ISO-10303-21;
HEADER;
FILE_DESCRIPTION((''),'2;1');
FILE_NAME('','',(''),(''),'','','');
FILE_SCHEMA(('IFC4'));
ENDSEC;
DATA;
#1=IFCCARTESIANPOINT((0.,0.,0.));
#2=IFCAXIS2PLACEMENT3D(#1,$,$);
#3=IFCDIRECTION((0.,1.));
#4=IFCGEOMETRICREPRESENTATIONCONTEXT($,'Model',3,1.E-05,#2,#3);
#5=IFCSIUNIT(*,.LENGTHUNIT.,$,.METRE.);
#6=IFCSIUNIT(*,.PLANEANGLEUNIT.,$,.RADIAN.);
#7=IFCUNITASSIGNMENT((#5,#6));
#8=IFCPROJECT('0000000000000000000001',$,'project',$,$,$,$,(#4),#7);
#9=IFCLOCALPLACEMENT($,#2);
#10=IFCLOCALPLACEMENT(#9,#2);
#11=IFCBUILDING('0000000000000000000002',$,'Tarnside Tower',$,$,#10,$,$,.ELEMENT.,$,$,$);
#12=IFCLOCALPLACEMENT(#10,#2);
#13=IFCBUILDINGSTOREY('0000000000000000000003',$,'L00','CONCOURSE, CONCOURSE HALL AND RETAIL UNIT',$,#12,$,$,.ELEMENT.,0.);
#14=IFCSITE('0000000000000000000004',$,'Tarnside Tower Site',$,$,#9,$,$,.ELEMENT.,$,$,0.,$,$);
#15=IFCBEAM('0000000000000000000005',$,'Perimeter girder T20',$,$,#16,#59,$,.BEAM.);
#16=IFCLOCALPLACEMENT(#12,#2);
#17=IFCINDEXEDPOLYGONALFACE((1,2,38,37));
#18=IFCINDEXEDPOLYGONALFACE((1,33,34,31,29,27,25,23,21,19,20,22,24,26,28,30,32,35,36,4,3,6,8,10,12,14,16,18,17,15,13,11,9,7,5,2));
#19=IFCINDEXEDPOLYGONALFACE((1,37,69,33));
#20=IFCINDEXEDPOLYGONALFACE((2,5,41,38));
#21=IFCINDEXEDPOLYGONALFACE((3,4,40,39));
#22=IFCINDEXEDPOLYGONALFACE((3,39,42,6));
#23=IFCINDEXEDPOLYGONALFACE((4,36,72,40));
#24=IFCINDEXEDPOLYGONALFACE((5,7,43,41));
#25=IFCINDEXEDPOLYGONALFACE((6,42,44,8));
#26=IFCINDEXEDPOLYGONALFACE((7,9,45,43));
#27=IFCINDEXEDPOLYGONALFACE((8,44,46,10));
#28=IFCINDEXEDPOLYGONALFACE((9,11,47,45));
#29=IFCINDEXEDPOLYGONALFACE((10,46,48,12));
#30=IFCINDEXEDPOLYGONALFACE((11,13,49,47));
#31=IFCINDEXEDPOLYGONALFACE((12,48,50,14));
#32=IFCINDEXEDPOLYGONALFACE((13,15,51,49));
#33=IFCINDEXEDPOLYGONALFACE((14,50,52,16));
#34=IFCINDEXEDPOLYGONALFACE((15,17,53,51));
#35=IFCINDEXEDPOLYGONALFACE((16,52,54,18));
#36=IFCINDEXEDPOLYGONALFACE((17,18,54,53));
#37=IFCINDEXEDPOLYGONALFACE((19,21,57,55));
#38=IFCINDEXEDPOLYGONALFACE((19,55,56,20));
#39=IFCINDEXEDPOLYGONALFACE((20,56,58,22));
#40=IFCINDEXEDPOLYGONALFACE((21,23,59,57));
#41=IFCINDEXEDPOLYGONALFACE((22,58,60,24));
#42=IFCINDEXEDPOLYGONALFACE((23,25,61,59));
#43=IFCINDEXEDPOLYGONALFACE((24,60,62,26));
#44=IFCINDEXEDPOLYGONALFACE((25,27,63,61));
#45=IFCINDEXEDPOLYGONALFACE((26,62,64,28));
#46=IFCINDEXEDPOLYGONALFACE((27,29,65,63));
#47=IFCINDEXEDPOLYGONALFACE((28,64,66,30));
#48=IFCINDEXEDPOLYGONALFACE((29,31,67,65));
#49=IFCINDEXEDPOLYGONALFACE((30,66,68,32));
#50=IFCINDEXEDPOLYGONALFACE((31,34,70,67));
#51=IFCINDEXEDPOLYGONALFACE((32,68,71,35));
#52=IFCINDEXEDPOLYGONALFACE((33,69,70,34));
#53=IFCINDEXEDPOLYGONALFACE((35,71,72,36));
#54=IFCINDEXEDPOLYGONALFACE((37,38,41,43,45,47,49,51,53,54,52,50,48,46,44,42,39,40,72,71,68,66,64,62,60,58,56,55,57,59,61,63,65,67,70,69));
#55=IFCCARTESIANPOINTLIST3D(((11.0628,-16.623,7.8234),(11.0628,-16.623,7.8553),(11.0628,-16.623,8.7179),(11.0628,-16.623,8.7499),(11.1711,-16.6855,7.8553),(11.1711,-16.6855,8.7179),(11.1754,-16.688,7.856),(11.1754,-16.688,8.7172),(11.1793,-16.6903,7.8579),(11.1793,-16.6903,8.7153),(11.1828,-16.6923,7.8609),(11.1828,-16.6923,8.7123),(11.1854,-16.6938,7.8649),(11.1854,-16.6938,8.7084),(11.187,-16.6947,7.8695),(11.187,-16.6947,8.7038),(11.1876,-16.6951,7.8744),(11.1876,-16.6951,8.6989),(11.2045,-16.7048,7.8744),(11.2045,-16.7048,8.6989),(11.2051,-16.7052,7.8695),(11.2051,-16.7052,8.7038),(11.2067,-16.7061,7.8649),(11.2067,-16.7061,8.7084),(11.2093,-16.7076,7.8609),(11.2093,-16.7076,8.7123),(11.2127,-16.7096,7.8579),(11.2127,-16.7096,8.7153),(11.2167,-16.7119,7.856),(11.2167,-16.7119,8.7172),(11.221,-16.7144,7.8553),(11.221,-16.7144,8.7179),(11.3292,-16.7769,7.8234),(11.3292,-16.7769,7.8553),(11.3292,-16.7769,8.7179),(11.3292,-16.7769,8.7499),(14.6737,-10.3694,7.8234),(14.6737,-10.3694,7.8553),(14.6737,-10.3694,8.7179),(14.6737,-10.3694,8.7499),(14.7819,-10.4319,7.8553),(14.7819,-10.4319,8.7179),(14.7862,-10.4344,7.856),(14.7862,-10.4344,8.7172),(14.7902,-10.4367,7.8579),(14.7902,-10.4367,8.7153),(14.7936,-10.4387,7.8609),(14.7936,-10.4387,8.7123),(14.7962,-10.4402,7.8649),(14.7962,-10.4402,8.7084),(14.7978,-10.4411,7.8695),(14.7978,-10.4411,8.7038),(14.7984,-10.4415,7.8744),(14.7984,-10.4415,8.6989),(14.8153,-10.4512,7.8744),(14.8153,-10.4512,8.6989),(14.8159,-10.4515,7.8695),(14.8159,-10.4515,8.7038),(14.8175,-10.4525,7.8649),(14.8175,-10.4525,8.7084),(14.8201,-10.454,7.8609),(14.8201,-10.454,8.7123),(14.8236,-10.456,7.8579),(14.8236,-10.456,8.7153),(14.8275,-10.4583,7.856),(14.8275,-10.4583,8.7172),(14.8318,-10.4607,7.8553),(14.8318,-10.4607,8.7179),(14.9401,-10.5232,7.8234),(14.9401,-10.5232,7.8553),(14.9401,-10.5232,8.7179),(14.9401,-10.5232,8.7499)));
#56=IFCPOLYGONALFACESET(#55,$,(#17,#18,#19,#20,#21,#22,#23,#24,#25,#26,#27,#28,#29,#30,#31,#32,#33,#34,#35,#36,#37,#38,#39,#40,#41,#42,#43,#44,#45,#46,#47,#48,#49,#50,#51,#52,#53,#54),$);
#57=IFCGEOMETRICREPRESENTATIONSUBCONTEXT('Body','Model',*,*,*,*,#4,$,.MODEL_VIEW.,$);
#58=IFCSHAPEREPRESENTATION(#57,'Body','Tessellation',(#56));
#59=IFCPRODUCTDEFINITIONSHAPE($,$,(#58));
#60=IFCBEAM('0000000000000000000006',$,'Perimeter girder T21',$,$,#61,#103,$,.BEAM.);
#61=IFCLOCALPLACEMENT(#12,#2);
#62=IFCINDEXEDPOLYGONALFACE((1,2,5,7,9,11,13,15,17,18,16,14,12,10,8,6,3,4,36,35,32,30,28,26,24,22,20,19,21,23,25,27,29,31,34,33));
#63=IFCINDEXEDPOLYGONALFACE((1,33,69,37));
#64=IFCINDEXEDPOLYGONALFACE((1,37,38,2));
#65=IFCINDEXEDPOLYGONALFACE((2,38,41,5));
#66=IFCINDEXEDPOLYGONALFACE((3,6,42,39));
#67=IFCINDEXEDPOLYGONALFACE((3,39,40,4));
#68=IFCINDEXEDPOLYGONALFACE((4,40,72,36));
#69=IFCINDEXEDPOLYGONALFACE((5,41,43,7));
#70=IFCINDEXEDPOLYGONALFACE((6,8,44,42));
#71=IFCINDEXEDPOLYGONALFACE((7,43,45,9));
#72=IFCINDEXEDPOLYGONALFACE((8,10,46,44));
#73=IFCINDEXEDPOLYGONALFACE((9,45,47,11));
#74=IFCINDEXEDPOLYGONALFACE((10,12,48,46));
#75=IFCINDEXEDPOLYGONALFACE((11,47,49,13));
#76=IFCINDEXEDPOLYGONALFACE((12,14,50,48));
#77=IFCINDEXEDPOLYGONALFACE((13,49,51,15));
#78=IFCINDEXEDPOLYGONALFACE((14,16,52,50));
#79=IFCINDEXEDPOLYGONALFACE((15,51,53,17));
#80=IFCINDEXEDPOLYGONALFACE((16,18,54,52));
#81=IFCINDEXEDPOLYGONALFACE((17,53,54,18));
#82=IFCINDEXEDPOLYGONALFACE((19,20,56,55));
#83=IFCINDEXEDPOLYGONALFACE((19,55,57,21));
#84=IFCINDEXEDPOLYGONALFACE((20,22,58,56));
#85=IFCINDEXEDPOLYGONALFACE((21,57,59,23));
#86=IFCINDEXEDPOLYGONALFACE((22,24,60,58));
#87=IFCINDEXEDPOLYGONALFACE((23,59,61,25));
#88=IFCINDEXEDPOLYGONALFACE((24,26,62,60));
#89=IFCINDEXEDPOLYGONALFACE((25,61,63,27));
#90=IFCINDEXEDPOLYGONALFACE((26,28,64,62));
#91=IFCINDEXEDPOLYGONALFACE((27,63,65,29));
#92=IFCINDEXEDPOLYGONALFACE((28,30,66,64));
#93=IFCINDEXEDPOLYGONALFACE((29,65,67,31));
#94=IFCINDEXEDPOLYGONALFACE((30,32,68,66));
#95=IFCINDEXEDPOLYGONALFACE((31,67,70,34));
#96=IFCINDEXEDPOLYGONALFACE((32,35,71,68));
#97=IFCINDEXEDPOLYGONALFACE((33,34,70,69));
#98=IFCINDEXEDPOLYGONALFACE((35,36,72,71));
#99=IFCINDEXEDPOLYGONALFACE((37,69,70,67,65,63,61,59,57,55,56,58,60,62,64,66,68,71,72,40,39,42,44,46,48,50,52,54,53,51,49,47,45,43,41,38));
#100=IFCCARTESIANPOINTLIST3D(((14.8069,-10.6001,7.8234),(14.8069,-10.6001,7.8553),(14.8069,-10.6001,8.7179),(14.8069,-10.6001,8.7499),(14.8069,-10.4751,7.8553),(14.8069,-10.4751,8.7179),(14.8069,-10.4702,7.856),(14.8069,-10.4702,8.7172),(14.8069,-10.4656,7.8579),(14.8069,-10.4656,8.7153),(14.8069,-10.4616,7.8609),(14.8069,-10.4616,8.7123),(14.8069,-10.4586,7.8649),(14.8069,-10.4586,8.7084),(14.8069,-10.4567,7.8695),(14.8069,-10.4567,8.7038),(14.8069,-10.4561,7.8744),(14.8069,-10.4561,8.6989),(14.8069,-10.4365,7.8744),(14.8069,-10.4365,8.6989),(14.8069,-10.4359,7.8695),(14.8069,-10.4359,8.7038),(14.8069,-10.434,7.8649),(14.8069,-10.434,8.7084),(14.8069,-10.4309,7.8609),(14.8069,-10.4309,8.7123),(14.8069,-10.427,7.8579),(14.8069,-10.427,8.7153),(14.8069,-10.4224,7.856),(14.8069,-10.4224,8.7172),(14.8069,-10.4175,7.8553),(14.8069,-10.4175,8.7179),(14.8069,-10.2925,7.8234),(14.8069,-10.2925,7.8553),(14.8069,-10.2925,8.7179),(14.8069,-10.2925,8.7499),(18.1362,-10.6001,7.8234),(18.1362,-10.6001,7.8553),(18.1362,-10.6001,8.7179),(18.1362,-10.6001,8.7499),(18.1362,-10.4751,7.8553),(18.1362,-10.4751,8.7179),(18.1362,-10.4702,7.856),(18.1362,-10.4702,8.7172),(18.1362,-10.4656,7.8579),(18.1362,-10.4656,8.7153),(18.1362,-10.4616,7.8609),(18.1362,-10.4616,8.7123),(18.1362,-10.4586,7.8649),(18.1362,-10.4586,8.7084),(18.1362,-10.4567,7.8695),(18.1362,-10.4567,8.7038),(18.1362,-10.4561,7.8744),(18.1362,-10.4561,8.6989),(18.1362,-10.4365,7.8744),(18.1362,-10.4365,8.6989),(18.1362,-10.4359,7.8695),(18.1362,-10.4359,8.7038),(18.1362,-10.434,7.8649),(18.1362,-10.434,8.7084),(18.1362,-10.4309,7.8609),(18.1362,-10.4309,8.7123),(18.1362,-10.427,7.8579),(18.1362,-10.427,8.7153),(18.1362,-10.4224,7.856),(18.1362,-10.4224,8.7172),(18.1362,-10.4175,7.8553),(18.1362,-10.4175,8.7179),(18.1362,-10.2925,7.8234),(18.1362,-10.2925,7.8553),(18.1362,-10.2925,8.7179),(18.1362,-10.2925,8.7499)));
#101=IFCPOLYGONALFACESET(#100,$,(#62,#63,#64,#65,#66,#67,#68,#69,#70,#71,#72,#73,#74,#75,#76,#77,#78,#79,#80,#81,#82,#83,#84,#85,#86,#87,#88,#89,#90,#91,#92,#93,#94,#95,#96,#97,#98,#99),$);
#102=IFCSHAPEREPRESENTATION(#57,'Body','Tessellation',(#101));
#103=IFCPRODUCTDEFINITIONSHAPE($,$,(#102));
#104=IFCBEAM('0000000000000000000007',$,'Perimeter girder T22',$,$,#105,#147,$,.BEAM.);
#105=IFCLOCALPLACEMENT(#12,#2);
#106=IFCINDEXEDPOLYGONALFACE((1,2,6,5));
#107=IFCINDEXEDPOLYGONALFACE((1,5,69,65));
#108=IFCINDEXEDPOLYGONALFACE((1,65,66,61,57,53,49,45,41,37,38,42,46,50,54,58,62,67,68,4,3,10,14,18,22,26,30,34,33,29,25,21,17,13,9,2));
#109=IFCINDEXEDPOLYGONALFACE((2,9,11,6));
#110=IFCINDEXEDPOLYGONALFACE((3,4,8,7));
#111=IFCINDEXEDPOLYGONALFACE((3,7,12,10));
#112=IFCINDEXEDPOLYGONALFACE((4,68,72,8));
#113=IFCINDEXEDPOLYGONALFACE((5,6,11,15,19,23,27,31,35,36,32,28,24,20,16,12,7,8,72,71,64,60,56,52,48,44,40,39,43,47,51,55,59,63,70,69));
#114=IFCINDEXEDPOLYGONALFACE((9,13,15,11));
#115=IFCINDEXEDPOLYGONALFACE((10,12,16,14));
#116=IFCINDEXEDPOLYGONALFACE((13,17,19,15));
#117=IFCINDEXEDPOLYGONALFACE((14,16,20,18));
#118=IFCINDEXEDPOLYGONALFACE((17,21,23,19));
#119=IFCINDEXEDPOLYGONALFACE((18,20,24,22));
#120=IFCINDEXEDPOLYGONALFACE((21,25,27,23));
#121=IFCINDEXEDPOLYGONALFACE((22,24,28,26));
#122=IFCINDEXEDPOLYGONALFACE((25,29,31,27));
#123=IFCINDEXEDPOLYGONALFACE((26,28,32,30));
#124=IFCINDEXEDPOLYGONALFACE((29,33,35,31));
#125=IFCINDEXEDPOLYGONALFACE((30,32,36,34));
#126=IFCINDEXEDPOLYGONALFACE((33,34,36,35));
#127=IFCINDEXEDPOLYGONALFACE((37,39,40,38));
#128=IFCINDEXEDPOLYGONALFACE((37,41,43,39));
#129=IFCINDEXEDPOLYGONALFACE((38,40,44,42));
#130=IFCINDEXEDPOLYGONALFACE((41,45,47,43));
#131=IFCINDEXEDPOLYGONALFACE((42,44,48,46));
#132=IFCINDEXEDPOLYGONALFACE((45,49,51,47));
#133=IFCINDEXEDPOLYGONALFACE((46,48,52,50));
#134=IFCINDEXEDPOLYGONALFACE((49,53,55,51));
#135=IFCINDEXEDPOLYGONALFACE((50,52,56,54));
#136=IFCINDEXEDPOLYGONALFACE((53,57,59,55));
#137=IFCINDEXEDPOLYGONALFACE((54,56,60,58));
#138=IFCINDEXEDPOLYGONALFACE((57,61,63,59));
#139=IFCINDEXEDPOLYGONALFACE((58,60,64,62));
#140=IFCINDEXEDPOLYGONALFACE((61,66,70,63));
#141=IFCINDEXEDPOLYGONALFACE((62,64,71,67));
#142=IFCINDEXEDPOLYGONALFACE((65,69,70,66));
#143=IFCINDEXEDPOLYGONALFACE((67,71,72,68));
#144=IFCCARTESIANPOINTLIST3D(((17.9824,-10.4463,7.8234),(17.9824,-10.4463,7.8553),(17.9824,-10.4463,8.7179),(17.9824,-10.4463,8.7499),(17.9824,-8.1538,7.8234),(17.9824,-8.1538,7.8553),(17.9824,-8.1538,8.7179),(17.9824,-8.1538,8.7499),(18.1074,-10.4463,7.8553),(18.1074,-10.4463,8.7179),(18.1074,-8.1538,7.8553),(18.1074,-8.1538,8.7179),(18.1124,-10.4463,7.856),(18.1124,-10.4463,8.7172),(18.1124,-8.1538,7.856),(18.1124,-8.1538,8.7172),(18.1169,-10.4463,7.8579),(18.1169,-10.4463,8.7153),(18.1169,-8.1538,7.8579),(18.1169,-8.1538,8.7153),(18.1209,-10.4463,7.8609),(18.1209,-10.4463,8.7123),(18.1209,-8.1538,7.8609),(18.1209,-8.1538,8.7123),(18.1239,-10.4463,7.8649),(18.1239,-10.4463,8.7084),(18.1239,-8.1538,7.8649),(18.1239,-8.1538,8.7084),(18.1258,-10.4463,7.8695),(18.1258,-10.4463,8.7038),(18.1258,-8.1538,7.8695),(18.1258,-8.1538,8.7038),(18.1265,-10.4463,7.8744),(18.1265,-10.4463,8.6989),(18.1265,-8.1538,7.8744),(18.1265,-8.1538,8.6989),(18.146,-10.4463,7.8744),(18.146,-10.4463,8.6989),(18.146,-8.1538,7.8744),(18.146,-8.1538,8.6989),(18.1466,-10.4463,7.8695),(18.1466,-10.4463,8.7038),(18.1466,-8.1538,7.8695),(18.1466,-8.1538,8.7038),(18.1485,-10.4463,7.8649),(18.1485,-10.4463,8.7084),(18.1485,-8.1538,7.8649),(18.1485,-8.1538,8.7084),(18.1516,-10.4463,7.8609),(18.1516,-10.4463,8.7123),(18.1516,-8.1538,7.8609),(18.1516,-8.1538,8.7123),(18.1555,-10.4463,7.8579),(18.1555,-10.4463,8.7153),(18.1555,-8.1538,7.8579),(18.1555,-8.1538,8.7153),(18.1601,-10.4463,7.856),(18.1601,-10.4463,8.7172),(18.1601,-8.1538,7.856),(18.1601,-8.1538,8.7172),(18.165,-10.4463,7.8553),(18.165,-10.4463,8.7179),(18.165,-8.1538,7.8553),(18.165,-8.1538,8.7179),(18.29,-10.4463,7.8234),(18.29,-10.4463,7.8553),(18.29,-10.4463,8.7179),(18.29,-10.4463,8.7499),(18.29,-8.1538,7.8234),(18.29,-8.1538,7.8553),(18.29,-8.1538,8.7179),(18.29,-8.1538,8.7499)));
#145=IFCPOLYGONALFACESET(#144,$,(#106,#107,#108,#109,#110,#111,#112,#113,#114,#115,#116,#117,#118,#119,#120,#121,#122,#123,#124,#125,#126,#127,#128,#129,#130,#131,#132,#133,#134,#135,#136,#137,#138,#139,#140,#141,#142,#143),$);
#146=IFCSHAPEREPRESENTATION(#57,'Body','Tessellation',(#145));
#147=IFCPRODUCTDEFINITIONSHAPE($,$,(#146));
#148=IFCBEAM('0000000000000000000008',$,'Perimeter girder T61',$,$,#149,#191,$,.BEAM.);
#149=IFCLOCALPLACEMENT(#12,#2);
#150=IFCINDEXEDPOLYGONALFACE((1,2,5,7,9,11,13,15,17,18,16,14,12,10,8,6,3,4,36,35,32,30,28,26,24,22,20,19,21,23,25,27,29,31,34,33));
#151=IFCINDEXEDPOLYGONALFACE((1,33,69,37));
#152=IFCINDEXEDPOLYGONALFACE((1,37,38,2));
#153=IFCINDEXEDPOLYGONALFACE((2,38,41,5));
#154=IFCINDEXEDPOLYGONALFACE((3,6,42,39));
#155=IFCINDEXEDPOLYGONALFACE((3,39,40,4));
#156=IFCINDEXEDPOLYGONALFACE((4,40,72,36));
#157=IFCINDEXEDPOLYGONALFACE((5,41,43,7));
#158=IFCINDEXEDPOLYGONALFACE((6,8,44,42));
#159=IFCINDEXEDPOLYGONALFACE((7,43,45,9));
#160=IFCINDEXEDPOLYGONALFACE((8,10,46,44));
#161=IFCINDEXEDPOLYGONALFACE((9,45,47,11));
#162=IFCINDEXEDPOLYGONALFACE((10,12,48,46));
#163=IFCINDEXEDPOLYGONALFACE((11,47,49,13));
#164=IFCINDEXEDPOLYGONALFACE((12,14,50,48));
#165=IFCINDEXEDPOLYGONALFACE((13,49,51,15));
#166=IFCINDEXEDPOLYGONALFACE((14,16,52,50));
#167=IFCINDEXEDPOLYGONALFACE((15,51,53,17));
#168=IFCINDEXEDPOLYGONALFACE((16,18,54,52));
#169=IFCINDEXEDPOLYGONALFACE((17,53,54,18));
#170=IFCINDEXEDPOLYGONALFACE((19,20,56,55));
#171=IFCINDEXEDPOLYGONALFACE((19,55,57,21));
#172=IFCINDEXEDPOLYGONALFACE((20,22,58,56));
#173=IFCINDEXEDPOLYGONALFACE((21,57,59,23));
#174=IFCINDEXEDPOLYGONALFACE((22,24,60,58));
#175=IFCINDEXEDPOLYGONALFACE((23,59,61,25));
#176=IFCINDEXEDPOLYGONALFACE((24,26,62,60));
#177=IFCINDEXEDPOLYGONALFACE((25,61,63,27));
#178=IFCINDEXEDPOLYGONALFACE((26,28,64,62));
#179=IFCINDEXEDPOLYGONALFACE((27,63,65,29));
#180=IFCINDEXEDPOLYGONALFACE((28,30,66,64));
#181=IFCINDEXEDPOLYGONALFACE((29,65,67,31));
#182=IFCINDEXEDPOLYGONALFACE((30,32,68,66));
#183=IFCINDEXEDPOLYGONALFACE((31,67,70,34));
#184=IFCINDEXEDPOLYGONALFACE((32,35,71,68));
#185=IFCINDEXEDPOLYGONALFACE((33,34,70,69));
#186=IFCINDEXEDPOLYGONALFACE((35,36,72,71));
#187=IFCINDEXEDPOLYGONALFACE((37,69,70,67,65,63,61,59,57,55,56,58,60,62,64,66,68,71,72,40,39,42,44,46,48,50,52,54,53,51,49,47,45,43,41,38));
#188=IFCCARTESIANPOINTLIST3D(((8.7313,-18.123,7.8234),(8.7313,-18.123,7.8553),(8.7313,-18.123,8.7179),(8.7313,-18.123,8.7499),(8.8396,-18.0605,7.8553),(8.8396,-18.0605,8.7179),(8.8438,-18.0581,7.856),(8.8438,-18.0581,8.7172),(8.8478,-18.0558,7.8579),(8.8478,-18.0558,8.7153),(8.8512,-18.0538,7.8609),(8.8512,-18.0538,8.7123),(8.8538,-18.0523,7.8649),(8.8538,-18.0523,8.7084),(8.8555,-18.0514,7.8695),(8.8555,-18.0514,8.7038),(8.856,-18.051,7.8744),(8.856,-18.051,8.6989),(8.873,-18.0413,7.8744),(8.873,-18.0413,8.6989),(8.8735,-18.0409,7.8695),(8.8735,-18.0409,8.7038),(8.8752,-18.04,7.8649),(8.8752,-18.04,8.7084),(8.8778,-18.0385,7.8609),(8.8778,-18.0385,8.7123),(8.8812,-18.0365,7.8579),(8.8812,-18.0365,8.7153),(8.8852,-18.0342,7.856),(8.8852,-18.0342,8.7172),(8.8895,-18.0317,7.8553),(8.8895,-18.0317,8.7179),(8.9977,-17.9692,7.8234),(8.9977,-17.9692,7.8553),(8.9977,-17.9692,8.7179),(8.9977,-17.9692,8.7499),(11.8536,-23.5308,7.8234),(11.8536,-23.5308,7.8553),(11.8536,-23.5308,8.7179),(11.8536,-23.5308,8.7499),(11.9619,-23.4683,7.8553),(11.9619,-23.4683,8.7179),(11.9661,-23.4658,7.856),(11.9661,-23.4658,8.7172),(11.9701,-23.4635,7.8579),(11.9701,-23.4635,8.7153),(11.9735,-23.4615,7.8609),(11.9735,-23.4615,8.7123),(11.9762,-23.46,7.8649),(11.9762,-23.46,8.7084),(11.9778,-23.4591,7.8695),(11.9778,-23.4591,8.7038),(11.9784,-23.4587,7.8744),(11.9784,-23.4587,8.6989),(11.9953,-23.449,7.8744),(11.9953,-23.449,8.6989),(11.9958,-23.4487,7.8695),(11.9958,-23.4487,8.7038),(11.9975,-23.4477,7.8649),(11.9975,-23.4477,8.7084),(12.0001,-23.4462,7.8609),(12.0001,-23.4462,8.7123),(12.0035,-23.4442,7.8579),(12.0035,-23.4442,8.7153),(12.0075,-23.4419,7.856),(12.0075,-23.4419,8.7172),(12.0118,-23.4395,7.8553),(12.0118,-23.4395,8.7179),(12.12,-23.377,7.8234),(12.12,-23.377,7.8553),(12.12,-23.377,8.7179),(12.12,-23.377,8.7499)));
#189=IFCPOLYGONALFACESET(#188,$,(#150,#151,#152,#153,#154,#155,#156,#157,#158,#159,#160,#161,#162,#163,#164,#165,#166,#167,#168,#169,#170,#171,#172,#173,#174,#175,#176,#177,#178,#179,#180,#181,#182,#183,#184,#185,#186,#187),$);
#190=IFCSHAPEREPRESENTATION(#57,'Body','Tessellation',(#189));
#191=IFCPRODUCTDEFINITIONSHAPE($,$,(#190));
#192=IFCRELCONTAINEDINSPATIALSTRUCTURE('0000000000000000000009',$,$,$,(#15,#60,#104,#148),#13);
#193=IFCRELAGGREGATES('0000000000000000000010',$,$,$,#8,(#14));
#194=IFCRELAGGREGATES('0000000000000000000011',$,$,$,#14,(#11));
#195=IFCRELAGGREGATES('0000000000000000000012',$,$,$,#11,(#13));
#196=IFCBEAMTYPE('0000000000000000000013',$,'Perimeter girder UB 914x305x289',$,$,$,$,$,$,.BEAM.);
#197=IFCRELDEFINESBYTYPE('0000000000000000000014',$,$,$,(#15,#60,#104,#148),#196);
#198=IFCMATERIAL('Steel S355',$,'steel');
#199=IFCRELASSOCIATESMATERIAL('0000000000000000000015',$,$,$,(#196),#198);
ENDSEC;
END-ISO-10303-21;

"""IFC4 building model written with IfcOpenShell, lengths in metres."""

from ifc_helpers import new_model, si_unit, direction, frame, origin, origin_2d, place, context, subcontext, project, spatial, i_section, extrude, material, material_profile, profile_set, type_object, element, save


model = new_model("IFC4")

# Units and contexts
model_context = context("Model", 3, precision=1e-05, world=origin(), true_north=direction((0.0, 1.0)))
body_context = subcontext(model_context, "Body", "Model", "MODEL_VIEW")
ifc_project = project(units=[si_unit("LENGTHUNIT", "METRE"), si_unit("PLANEANGLEUNIT", "RADIAN")], contexts=[model_context])

# Site, building, storey
site_placement = place(None, origin())
site = spatial("IfcSite", under=ifc_project, at=site_placement, Name="Tarnside Tower Site", CompositionType="ELEMENT", RefElevation=0.0)
building_placement = place(site_placement, origin())
building = spatial("IfcBuilding", under=site, at=building_placement, Name="Tarnside Tower", CompositionType="ELEMENT")
storey_placement = place(building_placement, origin())
storey = spatial("IfcBuildingStorey", under=building, at=storey_placement, Name="L00", Description="CONCOURSE, CONCOURSE HALL AND RETAIL UNIT", CompositionType="ELEMENT", Elevation=0.0)

# Beams
ifc_material_1 = material(Name="Steel S355", Category="steel")
ifc_material_profile_1 = material_profile(ifc_material_1, i_section(OverallWidth=0.3076, OverallDepth=0.9265, WebThickness=0.0195, FlangeThickness=0.032, FilletRadius=0.019, at=origin_2d()), Name="UB 914x305x289")
ifc_profile_set_1 = profile_set([ifc_material_profile_1], Name="Steel S355")
beam_type_1 = type_object("IfcBeamType", Name="Perimeter girder UB 914x305x289", PredefinedType="BEAM", material=ifc_profile_set_1)
beam_1_placement = place(storey_placement, frame((11.196, -16.7, 8.2866), z_axis=(0.50003, 0.866008, 0.0), x_axis=(-0.866008, 0.50003, 0.0)))
element("IfcBeam", 1, at=beam_1_placement, inside=storey, type_object=beam_type_1, Name="Perimeter girder T20", PredefinedType="BEAM", context=body_context, shape_type="SweptSolid", body=[
    extrude(i_section(OverallWidth=0.3076, OverallDepth=0.9265, WebThickness=0.0195, FlangeThickness=0.032, FilletRadius=0.019, at=origin_2d()), origin(), (0.0, 0.0, 1.0), 7.2212),
])
beam_2_placement = place(storey_placement, frame((14.8069, -10.4463, 8.2866), z_axis=(1.0, 0.0, 0.0), x_axis=(0.0, 1.0, 0.0)))
element("IfcBeam", 2, at=beam_2_placement, inside=storey, type_object=beam_type_1, Name="Perimeter girder T21", PredefinedType="BEAM", context=body_context, shape_type="SweptSolid", body=[
    extrude(i_section(OverallWidth=0.3076, OverallDepth=0.9265, WebThickness=0.0195, FlangeThickness=0.032, FilletRadius=0.019, at=origin_2d()), origin(), (0.0, 0.0, 1.0), 3.3293),
])
beam_3_placement = place(storey_placement, frame((18.1362, -10.4463, 8.2866), z_axis=(0.0, 1.0, 0.0), x_axis=(-1.0, 0.0, 0.0)))
element("IfcBeam", 3, at=beam_3_placement, inside=storey, type_object=beam_type_1, Name="Perimeter girder T22", PredefinedType="BEAM", context=body_context, shape_type="SweptSolid", body=[
    extrude(i_section(OverallWidth=0.3076, OverallDepth=0.9265, WebThickness=0.0195, FlangeThickness=0.032, FilletRadius=0.019, at=origin_2d()), origin(), (0.0, 0.0, 1.0), 2.2925),
])
beam_4_placement = place(storey_placement, frame((8.8645, -18.0461, 8.2866), z_axis=(0.50002, -0.866014, 0.0), x_axis=(0.866014, 0.50002, 0.0)))
element("IfcBeam", 4, at=beam_4_placement, inside=storey, type_object=beam_type_1, Name="Perimeter girder T61", PredefinedType="BEAM", context=body_context, shape_type="SweptSolid", body=[
    extrude(i_section(OverallWidth=0.3076, OverallDepth=0.9265, WebThickness=0.0195, FlangeThickness=0.032, FilletRadius=0.019, at=origin_2d()), origin(), (0.0, 0.0, 1.0), 6.2444),
])

save(model, "model.ifc")
